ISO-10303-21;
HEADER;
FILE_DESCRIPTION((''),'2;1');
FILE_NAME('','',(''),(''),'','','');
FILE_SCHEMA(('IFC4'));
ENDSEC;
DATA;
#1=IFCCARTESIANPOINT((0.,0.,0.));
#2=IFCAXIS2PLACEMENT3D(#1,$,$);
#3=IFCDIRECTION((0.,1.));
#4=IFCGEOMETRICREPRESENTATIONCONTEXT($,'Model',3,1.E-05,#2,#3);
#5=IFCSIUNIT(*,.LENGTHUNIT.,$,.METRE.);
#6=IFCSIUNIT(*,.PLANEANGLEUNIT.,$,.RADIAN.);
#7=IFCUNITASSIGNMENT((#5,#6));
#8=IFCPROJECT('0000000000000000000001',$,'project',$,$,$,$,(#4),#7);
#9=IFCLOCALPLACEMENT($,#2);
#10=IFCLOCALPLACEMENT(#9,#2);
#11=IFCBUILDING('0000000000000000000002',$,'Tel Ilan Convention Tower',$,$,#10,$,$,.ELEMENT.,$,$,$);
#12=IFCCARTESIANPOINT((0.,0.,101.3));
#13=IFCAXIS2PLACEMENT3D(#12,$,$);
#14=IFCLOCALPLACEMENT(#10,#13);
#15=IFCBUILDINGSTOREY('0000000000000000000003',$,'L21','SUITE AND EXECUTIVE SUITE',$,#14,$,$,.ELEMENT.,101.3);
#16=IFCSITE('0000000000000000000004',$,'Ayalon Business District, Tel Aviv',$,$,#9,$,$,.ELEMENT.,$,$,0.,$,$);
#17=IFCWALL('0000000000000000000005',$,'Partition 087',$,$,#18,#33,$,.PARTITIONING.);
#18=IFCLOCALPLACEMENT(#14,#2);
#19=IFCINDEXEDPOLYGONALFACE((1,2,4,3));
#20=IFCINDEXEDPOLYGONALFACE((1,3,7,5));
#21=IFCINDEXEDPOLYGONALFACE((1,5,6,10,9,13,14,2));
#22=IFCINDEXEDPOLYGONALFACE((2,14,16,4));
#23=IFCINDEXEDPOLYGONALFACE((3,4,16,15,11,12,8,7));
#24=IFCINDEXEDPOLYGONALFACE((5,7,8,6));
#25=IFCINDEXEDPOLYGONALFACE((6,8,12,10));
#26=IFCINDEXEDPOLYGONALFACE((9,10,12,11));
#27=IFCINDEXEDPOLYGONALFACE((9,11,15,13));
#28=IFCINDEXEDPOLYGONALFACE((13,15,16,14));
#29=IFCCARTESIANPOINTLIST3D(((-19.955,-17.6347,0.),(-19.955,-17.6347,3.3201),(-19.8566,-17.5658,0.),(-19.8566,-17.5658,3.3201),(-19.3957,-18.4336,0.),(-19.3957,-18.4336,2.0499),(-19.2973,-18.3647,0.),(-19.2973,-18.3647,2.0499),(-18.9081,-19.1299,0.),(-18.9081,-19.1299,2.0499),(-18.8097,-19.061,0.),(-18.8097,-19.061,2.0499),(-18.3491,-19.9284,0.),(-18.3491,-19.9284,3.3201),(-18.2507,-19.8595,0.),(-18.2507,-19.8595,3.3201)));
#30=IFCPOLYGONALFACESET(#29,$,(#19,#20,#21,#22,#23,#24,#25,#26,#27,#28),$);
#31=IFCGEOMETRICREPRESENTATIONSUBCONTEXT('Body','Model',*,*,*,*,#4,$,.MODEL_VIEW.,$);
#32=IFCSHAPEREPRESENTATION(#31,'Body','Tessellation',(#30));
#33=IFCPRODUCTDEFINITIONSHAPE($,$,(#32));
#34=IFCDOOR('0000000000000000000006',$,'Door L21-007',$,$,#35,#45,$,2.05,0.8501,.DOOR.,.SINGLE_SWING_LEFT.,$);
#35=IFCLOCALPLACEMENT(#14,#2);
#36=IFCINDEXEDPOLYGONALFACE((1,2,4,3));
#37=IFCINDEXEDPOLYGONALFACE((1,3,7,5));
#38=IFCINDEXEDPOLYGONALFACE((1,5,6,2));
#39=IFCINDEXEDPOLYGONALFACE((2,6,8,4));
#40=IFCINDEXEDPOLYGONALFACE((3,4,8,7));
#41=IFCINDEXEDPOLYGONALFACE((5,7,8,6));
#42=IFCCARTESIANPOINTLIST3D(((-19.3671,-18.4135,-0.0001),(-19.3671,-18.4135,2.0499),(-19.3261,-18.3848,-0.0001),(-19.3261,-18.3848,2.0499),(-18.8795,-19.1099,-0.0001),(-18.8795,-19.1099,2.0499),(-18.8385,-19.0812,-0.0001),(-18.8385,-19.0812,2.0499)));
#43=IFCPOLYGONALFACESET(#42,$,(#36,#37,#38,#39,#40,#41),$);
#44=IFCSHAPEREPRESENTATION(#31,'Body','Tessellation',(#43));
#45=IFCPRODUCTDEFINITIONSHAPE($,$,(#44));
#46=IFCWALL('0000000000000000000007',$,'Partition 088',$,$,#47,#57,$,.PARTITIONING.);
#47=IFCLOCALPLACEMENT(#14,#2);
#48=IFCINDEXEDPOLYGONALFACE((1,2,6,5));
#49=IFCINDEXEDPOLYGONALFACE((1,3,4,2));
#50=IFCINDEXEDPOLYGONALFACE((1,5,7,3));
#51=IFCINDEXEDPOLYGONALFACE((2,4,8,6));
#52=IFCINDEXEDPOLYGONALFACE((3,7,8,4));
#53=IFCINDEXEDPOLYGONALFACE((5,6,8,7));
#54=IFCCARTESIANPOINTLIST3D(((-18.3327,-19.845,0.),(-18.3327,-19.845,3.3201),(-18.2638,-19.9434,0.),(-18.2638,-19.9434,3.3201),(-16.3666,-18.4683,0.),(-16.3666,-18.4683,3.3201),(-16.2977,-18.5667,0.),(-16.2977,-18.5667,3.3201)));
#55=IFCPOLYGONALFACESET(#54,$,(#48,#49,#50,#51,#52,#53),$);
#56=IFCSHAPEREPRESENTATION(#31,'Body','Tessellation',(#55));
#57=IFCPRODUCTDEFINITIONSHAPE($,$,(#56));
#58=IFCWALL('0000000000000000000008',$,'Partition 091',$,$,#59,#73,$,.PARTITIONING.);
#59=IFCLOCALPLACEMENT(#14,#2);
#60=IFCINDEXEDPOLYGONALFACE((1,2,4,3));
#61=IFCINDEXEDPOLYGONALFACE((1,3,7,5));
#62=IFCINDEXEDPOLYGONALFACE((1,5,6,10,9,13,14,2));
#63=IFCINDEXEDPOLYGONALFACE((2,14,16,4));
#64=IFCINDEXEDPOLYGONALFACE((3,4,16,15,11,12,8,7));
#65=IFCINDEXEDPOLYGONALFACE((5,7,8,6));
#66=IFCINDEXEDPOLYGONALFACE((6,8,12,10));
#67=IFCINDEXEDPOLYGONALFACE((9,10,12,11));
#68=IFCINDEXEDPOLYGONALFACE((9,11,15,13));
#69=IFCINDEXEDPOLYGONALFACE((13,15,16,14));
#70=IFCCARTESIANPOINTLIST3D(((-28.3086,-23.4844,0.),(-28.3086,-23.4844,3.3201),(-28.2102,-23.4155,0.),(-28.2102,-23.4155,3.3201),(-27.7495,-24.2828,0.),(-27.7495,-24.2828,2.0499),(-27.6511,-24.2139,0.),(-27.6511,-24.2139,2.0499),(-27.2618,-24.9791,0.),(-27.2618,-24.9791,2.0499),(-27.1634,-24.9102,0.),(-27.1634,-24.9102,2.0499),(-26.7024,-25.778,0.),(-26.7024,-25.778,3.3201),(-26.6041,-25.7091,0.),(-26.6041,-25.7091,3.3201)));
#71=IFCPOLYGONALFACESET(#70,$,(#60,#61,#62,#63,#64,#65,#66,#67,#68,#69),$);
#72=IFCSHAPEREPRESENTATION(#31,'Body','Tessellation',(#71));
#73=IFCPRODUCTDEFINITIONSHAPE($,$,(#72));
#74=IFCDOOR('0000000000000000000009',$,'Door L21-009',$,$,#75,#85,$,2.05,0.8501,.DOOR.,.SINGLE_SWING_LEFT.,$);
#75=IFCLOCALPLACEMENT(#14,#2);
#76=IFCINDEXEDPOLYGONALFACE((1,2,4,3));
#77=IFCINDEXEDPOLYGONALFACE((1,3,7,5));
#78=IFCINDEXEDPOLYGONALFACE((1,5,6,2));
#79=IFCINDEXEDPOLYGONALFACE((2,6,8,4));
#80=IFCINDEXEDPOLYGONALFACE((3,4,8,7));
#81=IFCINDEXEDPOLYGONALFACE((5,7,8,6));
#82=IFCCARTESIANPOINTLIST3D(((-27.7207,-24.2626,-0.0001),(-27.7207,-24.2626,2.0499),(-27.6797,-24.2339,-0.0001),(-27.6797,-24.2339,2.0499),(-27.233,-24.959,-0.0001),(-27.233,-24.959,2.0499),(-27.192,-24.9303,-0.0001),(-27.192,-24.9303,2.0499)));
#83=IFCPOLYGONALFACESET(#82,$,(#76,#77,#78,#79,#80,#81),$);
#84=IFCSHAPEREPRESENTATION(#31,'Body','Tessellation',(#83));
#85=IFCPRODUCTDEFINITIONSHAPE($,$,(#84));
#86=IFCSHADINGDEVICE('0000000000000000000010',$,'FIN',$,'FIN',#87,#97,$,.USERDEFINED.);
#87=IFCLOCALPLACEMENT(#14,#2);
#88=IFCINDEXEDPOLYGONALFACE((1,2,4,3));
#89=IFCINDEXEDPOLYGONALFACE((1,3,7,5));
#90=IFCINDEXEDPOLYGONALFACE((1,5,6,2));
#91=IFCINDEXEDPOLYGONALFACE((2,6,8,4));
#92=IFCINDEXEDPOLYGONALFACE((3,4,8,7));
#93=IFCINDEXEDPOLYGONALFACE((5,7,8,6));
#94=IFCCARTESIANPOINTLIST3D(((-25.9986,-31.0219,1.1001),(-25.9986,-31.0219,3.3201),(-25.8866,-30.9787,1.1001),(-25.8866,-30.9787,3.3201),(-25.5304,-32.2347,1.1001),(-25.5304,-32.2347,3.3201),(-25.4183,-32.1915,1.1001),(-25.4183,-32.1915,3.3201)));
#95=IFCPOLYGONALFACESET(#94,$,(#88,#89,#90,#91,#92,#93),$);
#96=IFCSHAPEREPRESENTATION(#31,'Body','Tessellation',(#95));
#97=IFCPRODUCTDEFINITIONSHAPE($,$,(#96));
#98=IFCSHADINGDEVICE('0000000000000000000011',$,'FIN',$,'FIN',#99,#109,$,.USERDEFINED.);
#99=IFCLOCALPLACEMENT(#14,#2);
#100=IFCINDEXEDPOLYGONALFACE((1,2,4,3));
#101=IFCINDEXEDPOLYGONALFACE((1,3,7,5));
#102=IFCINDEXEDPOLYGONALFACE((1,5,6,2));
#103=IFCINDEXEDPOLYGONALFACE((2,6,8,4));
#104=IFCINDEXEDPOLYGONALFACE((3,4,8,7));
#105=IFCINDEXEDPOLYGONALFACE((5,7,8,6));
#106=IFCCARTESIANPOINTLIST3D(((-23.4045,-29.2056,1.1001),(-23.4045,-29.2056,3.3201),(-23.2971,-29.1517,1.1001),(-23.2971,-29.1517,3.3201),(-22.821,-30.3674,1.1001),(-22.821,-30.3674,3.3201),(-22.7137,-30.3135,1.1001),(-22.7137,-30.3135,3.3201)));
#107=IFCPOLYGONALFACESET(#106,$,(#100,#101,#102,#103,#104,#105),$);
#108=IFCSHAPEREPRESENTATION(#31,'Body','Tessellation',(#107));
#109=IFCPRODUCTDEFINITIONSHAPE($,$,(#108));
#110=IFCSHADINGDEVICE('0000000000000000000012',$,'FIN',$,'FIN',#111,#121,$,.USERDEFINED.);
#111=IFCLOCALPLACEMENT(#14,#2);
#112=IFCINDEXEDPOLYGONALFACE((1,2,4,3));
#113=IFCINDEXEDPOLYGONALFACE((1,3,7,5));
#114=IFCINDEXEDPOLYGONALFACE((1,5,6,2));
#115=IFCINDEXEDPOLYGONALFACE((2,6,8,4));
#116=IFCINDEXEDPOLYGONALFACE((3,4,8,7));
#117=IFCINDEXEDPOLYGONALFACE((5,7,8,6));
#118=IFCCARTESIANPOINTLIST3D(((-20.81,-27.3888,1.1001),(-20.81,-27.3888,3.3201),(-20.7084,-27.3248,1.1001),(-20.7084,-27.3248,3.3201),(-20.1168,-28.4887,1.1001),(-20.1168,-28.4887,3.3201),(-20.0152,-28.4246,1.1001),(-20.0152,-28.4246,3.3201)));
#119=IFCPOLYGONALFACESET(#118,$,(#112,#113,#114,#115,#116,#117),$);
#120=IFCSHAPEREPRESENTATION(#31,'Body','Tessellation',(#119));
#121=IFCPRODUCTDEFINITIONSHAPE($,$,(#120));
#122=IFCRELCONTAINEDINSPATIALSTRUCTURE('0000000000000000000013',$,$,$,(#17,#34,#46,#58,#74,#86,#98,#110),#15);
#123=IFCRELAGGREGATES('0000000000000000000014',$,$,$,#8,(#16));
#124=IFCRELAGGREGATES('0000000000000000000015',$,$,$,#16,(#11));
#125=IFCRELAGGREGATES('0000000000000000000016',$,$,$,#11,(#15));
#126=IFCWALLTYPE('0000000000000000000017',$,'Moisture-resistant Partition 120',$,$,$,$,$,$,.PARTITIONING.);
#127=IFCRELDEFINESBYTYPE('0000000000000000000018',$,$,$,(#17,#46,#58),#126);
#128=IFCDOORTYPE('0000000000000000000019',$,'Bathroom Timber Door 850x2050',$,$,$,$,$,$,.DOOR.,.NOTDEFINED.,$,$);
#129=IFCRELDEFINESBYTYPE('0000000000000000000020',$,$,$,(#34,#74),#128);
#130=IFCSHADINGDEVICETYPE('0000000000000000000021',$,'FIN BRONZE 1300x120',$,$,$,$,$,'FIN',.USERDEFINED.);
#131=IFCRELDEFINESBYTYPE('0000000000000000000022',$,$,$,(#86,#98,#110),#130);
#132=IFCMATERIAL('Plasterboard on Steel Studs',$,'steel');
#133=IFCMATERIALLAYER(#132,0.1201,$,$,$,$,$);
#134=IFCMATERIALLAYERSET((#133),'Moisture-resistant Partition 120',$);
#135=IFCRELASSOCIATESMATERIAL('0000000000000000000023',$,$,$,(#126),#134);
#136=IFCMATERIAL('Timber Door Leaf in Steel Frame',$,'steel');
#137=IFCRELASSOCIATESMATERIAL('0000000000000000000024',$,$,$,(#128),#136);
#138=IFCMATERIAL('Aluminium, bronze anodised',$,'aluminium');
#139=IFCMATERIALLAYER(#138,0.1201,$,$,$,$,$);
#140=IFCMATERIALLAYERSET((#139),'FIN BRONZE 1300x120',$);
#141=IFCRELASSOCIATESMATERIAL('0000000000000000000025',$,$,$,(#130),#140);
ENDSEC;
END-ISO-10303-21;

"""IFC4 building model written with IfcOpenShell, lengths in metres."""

from ifc_helpers import new_model, si_unit, direction, frame, frame_2d, origin, origin_2d, place, context, subcontext, project, spatial, rectangle, extrude, material, layer, layer_set, type_object, element, fill, save


model = new_model("IFC4")

# Units and contexts
model_context = context("Model", 3, precision=1e-05, world=origin(), true_north=direction((0.0, 1.0)))
body_context = subcontext(model_context, "Body", "Model", "MODEL_VIEW")
ifc_project = project(units=[si_unit("LENGTHUNIT", "METRE"), si_unit("PLANEANGLEUNIT", "RADIAN")], contexts=[model_context])

# Site, building, storey
site_placement = place(None, origin())
site = spatial("IfcSite", under=ifc_project, at=site_placement, Name="Ayalon Business District, Tel Aviv", CompositionType="ELEMENT", RefElevation=0.0)
building_placement = place(site_placement, origin())
building = spatial("IfcBuilding", under=site, at=building_placement, Name="Tel Ilan Convention Tower", CompositionType="ELEMENT")
storey_placement = place(building_placement, frame((0.0, 0.0, 101.3)))
storey = spatial("IfcBuildingStorey", under=building, at=storey_placement, Name="L21", Description="SUITE AND EXECUTIVE SUITE", CompositionType="ELEMENT", Elevation=101.3)

# Wall, opening, door
ifc_material_1 = material(Name="Plasterboard on Steel Studs", Category="steel")
ifc_layer_1 = layer(ifc_material_1, 0.1201)
ifc_layer_set_1 = layer_set([ifc_layer_1], Name="Moisture-resistant Partition 120")
wall_type_1 = type_object("IfcWallType", Name="Moisture-resistant Partition 120", PredefinedType="PARTITIONING", material=ifc_layer_set_1)
ifc_material_2 = material(Name="Timber Door Leaf in Steel Frame", Category="steel")
door_type_1 = type_object("IfcDoorType", Name="Bathroom Timber Door 850x2050", OperationType="NOTDEFINED", PredefinedType="DOOR", material=ifc_material_2)
wall_1_placement = place(storey_placement, frame((-19.9058, -17.6003, 0.0), z_axis=(0.0, 0.0, 1.0), x_axis=(0.57355, -0.81917, 0.0)))
wall_1 = element("IfcWall", 1, at=wall_1_placement, inside=storey, type_object=wall_type_1, Name="Partition 087", PredefinedType="PARTITIONING", context=body_context, shape_type="SweptSolid", body=[
    extrude(rectangle(XDim=2.8, YDim=0.1201, at=frame_2d((1.3999, 0.0))), origin(), (0.0, 0.0, 1.0), 3.3201),
])
opening_1_placement = place(wall_1_placement, frame((0.9751, 0.0, 0.0)))
opening_1 = element("IfcOpeningElement", 2, at=opening_1_placement, cuts=wall_1, PredefinedType="OPENING", context=body_context, shape_type="SweptSolid", body=[
    extrude(rectangle(XDim=0.8501, YDim=2.05, at=frame_2d((0.425, 1.0249))), frame((0.0, 0.0701, 0.0), z_axis=(0.0, -1.0, 0.0), x_axis=(1.0, 0.0, 0.0)), (0.0, 0.0, 1.0), 0.1401),
])
door_1_placement = place(opening_1_placement, origin())
door_1 = element("IfcDoor", 3, at=door_1_placement, inside=storey, type_object=door_type_1, Name="Door L21-007", OperationType="SINGLE_SWING_LEFT", OverallHeight=2.05, OverallWidth=0.8501, PredefinedType="DOOR", context=body_context, shape_type="SweptSolid", body=[
    extrude(rectangle(XDim=0.8501, YDim=2.05, at=frame_2d((0.425, 1.0249))), frame((0.0, 0.0249, 0.0), z_axis=(0.0, -1.0, 0.0), x_axis=(1.0, 0.0, 0.0)), (0.0, 0.0, 1.0), 0.05),
])
fill(opening_1, door_1)

# Wall
wall_2_placement = place(storey_placement, frame((-18.2983, -19.8943, 0.0), z_axis=(0.0, 0.0, 1.0), x_axis=(0.819141, 0.573592, 0.0)))
element("IfcWall", 4, at=wall_2_placement, inside=storey, type_object=wall_type_1, Name="Partition 088", PredefinedType="PARTITIONING", context=body_context, shape_type="SweptSolid", body=[
    extrude(rectangle(XDim=2.4001, YDim=0.1201, at=frame_2d((1.2002, 0.0))), origin(), (0.0, 0.0, 1.0), 3.3201),
])

# Wall, opening, door
wall_3_placement = place(storey_placement, frame((-26.6533, -25.7434, 0.0), z_axis=(0.0, 0.0, 1.0), x_axis=(-0.573609, 0.81913, 0.0)))
wall_3 = element("IfcWall", 5, at=wall_3_placement, inside=storey, type_object=wall_type_1, Name="Partition 091", PredefinedType="PARTITIONING", context=body_context, shape_type="SweptSolid", body=[
    extrude(rectangle(XDim=2.8, YDim=0.1201, at=frame_2d((1.3999, 0.0))), origin(), (0.0, 0.0, 1.0), 3.3201),
])
opening_2_placement = place(wall_3_placement, frame((0.9751, 0.0, 0.0)))
opening_2 = element("IfcOpeningElement", 6, at=opening_2_placement, cuts=wall_3, PredefinedType="OPENING", context=body_context, shape_type="SweptSolid", body=[
    extrude(rectangle(XDim=0.8501, YDim=2.05, at=frame_2d((0.425, 1.0249))), frame((0.0, 0.0701, 0.0), z_axis=(0.0, -1.0, 0.0), x_axis=(1.0, 0.0, 0.0)), (0.0, 0.0, 1.0), 0.1401),
])
door_2_placement = place(opening_2_placement, origin())
door_2 = element("IfcDoor", 7, at=door_2_placement, inside=storey, type_object=door_type_1, Name="Door L21-009", OperationType="SINGLE_SWING_LEFT", OverallHeight=2.05, OverallWidth=0.8501, PredefinedType="DOOR", context=body_context, shape_type="SweptSolid", body=[
    extrude(rectangle(XDim=0.8501, YDim=2.05, at=frame_2d((0.425, 1.0249))), frame((0.0, 0.0249, 0.0), z_axis=(0.0, -1.0, 0.0), x_axis=(1.0, 0.0, 0.0)), (0.0, 0.0, 1.0), 0.05),
])
fill(opening_2, door_2)

# Shading devices
ifc_material_3 = material(Name="Aluminium, bronze anodised", Category="aluminium")
ifc_layer_2 = layer(ifc_material_3, 0.1201)
ifc_layer_set_2 = layer_set([ifc_layer_2], Name="FIN BRONZE 1300x120")
shading_device_type = type_object("IfcShadingDeviceType", Name="FIN BRONZE 1300x120", ElementType="FIN", PredefinedType="USERDEFINED", material=ifc_layer_set_2)
for number, where, z_axis, x_axis, name in (
    (8, (-25.7085, -31.6067, 1.1001), (0.0, 0.0, 1.0), (0.360178, -0.932884, 0.0), "FIN"),
    (9, (-23.0591, -29.7595, 1.1001), (0.0, 0.0, 1.0), (0.448799, -0.893633, 0.0), "FIN"),
    (10, (-20.4126, -27.9067, 1.1001), (0.0, 0.0, 1.0), (0.533204, -0.845986, 0.0), "FIN"),
):
    element("IfcShadingDevice", number, at=place(storey_placement, frame(where, z_axis=z_axis, x_axis=x_axis)), inside=storey, type_object=shading_device_type, Name=name, ObjectType="FIN", PredefinedType="USERDEFINED", context=body_context, shape_type="SweptSolid", body=[
        extrude(rectangle(XDim=1.3, YDim=0.1201, at=origin_2d()), origin(), (0.0, 0.0, 1.0), 2.22),
    ])

save(model, "model.ifc")
